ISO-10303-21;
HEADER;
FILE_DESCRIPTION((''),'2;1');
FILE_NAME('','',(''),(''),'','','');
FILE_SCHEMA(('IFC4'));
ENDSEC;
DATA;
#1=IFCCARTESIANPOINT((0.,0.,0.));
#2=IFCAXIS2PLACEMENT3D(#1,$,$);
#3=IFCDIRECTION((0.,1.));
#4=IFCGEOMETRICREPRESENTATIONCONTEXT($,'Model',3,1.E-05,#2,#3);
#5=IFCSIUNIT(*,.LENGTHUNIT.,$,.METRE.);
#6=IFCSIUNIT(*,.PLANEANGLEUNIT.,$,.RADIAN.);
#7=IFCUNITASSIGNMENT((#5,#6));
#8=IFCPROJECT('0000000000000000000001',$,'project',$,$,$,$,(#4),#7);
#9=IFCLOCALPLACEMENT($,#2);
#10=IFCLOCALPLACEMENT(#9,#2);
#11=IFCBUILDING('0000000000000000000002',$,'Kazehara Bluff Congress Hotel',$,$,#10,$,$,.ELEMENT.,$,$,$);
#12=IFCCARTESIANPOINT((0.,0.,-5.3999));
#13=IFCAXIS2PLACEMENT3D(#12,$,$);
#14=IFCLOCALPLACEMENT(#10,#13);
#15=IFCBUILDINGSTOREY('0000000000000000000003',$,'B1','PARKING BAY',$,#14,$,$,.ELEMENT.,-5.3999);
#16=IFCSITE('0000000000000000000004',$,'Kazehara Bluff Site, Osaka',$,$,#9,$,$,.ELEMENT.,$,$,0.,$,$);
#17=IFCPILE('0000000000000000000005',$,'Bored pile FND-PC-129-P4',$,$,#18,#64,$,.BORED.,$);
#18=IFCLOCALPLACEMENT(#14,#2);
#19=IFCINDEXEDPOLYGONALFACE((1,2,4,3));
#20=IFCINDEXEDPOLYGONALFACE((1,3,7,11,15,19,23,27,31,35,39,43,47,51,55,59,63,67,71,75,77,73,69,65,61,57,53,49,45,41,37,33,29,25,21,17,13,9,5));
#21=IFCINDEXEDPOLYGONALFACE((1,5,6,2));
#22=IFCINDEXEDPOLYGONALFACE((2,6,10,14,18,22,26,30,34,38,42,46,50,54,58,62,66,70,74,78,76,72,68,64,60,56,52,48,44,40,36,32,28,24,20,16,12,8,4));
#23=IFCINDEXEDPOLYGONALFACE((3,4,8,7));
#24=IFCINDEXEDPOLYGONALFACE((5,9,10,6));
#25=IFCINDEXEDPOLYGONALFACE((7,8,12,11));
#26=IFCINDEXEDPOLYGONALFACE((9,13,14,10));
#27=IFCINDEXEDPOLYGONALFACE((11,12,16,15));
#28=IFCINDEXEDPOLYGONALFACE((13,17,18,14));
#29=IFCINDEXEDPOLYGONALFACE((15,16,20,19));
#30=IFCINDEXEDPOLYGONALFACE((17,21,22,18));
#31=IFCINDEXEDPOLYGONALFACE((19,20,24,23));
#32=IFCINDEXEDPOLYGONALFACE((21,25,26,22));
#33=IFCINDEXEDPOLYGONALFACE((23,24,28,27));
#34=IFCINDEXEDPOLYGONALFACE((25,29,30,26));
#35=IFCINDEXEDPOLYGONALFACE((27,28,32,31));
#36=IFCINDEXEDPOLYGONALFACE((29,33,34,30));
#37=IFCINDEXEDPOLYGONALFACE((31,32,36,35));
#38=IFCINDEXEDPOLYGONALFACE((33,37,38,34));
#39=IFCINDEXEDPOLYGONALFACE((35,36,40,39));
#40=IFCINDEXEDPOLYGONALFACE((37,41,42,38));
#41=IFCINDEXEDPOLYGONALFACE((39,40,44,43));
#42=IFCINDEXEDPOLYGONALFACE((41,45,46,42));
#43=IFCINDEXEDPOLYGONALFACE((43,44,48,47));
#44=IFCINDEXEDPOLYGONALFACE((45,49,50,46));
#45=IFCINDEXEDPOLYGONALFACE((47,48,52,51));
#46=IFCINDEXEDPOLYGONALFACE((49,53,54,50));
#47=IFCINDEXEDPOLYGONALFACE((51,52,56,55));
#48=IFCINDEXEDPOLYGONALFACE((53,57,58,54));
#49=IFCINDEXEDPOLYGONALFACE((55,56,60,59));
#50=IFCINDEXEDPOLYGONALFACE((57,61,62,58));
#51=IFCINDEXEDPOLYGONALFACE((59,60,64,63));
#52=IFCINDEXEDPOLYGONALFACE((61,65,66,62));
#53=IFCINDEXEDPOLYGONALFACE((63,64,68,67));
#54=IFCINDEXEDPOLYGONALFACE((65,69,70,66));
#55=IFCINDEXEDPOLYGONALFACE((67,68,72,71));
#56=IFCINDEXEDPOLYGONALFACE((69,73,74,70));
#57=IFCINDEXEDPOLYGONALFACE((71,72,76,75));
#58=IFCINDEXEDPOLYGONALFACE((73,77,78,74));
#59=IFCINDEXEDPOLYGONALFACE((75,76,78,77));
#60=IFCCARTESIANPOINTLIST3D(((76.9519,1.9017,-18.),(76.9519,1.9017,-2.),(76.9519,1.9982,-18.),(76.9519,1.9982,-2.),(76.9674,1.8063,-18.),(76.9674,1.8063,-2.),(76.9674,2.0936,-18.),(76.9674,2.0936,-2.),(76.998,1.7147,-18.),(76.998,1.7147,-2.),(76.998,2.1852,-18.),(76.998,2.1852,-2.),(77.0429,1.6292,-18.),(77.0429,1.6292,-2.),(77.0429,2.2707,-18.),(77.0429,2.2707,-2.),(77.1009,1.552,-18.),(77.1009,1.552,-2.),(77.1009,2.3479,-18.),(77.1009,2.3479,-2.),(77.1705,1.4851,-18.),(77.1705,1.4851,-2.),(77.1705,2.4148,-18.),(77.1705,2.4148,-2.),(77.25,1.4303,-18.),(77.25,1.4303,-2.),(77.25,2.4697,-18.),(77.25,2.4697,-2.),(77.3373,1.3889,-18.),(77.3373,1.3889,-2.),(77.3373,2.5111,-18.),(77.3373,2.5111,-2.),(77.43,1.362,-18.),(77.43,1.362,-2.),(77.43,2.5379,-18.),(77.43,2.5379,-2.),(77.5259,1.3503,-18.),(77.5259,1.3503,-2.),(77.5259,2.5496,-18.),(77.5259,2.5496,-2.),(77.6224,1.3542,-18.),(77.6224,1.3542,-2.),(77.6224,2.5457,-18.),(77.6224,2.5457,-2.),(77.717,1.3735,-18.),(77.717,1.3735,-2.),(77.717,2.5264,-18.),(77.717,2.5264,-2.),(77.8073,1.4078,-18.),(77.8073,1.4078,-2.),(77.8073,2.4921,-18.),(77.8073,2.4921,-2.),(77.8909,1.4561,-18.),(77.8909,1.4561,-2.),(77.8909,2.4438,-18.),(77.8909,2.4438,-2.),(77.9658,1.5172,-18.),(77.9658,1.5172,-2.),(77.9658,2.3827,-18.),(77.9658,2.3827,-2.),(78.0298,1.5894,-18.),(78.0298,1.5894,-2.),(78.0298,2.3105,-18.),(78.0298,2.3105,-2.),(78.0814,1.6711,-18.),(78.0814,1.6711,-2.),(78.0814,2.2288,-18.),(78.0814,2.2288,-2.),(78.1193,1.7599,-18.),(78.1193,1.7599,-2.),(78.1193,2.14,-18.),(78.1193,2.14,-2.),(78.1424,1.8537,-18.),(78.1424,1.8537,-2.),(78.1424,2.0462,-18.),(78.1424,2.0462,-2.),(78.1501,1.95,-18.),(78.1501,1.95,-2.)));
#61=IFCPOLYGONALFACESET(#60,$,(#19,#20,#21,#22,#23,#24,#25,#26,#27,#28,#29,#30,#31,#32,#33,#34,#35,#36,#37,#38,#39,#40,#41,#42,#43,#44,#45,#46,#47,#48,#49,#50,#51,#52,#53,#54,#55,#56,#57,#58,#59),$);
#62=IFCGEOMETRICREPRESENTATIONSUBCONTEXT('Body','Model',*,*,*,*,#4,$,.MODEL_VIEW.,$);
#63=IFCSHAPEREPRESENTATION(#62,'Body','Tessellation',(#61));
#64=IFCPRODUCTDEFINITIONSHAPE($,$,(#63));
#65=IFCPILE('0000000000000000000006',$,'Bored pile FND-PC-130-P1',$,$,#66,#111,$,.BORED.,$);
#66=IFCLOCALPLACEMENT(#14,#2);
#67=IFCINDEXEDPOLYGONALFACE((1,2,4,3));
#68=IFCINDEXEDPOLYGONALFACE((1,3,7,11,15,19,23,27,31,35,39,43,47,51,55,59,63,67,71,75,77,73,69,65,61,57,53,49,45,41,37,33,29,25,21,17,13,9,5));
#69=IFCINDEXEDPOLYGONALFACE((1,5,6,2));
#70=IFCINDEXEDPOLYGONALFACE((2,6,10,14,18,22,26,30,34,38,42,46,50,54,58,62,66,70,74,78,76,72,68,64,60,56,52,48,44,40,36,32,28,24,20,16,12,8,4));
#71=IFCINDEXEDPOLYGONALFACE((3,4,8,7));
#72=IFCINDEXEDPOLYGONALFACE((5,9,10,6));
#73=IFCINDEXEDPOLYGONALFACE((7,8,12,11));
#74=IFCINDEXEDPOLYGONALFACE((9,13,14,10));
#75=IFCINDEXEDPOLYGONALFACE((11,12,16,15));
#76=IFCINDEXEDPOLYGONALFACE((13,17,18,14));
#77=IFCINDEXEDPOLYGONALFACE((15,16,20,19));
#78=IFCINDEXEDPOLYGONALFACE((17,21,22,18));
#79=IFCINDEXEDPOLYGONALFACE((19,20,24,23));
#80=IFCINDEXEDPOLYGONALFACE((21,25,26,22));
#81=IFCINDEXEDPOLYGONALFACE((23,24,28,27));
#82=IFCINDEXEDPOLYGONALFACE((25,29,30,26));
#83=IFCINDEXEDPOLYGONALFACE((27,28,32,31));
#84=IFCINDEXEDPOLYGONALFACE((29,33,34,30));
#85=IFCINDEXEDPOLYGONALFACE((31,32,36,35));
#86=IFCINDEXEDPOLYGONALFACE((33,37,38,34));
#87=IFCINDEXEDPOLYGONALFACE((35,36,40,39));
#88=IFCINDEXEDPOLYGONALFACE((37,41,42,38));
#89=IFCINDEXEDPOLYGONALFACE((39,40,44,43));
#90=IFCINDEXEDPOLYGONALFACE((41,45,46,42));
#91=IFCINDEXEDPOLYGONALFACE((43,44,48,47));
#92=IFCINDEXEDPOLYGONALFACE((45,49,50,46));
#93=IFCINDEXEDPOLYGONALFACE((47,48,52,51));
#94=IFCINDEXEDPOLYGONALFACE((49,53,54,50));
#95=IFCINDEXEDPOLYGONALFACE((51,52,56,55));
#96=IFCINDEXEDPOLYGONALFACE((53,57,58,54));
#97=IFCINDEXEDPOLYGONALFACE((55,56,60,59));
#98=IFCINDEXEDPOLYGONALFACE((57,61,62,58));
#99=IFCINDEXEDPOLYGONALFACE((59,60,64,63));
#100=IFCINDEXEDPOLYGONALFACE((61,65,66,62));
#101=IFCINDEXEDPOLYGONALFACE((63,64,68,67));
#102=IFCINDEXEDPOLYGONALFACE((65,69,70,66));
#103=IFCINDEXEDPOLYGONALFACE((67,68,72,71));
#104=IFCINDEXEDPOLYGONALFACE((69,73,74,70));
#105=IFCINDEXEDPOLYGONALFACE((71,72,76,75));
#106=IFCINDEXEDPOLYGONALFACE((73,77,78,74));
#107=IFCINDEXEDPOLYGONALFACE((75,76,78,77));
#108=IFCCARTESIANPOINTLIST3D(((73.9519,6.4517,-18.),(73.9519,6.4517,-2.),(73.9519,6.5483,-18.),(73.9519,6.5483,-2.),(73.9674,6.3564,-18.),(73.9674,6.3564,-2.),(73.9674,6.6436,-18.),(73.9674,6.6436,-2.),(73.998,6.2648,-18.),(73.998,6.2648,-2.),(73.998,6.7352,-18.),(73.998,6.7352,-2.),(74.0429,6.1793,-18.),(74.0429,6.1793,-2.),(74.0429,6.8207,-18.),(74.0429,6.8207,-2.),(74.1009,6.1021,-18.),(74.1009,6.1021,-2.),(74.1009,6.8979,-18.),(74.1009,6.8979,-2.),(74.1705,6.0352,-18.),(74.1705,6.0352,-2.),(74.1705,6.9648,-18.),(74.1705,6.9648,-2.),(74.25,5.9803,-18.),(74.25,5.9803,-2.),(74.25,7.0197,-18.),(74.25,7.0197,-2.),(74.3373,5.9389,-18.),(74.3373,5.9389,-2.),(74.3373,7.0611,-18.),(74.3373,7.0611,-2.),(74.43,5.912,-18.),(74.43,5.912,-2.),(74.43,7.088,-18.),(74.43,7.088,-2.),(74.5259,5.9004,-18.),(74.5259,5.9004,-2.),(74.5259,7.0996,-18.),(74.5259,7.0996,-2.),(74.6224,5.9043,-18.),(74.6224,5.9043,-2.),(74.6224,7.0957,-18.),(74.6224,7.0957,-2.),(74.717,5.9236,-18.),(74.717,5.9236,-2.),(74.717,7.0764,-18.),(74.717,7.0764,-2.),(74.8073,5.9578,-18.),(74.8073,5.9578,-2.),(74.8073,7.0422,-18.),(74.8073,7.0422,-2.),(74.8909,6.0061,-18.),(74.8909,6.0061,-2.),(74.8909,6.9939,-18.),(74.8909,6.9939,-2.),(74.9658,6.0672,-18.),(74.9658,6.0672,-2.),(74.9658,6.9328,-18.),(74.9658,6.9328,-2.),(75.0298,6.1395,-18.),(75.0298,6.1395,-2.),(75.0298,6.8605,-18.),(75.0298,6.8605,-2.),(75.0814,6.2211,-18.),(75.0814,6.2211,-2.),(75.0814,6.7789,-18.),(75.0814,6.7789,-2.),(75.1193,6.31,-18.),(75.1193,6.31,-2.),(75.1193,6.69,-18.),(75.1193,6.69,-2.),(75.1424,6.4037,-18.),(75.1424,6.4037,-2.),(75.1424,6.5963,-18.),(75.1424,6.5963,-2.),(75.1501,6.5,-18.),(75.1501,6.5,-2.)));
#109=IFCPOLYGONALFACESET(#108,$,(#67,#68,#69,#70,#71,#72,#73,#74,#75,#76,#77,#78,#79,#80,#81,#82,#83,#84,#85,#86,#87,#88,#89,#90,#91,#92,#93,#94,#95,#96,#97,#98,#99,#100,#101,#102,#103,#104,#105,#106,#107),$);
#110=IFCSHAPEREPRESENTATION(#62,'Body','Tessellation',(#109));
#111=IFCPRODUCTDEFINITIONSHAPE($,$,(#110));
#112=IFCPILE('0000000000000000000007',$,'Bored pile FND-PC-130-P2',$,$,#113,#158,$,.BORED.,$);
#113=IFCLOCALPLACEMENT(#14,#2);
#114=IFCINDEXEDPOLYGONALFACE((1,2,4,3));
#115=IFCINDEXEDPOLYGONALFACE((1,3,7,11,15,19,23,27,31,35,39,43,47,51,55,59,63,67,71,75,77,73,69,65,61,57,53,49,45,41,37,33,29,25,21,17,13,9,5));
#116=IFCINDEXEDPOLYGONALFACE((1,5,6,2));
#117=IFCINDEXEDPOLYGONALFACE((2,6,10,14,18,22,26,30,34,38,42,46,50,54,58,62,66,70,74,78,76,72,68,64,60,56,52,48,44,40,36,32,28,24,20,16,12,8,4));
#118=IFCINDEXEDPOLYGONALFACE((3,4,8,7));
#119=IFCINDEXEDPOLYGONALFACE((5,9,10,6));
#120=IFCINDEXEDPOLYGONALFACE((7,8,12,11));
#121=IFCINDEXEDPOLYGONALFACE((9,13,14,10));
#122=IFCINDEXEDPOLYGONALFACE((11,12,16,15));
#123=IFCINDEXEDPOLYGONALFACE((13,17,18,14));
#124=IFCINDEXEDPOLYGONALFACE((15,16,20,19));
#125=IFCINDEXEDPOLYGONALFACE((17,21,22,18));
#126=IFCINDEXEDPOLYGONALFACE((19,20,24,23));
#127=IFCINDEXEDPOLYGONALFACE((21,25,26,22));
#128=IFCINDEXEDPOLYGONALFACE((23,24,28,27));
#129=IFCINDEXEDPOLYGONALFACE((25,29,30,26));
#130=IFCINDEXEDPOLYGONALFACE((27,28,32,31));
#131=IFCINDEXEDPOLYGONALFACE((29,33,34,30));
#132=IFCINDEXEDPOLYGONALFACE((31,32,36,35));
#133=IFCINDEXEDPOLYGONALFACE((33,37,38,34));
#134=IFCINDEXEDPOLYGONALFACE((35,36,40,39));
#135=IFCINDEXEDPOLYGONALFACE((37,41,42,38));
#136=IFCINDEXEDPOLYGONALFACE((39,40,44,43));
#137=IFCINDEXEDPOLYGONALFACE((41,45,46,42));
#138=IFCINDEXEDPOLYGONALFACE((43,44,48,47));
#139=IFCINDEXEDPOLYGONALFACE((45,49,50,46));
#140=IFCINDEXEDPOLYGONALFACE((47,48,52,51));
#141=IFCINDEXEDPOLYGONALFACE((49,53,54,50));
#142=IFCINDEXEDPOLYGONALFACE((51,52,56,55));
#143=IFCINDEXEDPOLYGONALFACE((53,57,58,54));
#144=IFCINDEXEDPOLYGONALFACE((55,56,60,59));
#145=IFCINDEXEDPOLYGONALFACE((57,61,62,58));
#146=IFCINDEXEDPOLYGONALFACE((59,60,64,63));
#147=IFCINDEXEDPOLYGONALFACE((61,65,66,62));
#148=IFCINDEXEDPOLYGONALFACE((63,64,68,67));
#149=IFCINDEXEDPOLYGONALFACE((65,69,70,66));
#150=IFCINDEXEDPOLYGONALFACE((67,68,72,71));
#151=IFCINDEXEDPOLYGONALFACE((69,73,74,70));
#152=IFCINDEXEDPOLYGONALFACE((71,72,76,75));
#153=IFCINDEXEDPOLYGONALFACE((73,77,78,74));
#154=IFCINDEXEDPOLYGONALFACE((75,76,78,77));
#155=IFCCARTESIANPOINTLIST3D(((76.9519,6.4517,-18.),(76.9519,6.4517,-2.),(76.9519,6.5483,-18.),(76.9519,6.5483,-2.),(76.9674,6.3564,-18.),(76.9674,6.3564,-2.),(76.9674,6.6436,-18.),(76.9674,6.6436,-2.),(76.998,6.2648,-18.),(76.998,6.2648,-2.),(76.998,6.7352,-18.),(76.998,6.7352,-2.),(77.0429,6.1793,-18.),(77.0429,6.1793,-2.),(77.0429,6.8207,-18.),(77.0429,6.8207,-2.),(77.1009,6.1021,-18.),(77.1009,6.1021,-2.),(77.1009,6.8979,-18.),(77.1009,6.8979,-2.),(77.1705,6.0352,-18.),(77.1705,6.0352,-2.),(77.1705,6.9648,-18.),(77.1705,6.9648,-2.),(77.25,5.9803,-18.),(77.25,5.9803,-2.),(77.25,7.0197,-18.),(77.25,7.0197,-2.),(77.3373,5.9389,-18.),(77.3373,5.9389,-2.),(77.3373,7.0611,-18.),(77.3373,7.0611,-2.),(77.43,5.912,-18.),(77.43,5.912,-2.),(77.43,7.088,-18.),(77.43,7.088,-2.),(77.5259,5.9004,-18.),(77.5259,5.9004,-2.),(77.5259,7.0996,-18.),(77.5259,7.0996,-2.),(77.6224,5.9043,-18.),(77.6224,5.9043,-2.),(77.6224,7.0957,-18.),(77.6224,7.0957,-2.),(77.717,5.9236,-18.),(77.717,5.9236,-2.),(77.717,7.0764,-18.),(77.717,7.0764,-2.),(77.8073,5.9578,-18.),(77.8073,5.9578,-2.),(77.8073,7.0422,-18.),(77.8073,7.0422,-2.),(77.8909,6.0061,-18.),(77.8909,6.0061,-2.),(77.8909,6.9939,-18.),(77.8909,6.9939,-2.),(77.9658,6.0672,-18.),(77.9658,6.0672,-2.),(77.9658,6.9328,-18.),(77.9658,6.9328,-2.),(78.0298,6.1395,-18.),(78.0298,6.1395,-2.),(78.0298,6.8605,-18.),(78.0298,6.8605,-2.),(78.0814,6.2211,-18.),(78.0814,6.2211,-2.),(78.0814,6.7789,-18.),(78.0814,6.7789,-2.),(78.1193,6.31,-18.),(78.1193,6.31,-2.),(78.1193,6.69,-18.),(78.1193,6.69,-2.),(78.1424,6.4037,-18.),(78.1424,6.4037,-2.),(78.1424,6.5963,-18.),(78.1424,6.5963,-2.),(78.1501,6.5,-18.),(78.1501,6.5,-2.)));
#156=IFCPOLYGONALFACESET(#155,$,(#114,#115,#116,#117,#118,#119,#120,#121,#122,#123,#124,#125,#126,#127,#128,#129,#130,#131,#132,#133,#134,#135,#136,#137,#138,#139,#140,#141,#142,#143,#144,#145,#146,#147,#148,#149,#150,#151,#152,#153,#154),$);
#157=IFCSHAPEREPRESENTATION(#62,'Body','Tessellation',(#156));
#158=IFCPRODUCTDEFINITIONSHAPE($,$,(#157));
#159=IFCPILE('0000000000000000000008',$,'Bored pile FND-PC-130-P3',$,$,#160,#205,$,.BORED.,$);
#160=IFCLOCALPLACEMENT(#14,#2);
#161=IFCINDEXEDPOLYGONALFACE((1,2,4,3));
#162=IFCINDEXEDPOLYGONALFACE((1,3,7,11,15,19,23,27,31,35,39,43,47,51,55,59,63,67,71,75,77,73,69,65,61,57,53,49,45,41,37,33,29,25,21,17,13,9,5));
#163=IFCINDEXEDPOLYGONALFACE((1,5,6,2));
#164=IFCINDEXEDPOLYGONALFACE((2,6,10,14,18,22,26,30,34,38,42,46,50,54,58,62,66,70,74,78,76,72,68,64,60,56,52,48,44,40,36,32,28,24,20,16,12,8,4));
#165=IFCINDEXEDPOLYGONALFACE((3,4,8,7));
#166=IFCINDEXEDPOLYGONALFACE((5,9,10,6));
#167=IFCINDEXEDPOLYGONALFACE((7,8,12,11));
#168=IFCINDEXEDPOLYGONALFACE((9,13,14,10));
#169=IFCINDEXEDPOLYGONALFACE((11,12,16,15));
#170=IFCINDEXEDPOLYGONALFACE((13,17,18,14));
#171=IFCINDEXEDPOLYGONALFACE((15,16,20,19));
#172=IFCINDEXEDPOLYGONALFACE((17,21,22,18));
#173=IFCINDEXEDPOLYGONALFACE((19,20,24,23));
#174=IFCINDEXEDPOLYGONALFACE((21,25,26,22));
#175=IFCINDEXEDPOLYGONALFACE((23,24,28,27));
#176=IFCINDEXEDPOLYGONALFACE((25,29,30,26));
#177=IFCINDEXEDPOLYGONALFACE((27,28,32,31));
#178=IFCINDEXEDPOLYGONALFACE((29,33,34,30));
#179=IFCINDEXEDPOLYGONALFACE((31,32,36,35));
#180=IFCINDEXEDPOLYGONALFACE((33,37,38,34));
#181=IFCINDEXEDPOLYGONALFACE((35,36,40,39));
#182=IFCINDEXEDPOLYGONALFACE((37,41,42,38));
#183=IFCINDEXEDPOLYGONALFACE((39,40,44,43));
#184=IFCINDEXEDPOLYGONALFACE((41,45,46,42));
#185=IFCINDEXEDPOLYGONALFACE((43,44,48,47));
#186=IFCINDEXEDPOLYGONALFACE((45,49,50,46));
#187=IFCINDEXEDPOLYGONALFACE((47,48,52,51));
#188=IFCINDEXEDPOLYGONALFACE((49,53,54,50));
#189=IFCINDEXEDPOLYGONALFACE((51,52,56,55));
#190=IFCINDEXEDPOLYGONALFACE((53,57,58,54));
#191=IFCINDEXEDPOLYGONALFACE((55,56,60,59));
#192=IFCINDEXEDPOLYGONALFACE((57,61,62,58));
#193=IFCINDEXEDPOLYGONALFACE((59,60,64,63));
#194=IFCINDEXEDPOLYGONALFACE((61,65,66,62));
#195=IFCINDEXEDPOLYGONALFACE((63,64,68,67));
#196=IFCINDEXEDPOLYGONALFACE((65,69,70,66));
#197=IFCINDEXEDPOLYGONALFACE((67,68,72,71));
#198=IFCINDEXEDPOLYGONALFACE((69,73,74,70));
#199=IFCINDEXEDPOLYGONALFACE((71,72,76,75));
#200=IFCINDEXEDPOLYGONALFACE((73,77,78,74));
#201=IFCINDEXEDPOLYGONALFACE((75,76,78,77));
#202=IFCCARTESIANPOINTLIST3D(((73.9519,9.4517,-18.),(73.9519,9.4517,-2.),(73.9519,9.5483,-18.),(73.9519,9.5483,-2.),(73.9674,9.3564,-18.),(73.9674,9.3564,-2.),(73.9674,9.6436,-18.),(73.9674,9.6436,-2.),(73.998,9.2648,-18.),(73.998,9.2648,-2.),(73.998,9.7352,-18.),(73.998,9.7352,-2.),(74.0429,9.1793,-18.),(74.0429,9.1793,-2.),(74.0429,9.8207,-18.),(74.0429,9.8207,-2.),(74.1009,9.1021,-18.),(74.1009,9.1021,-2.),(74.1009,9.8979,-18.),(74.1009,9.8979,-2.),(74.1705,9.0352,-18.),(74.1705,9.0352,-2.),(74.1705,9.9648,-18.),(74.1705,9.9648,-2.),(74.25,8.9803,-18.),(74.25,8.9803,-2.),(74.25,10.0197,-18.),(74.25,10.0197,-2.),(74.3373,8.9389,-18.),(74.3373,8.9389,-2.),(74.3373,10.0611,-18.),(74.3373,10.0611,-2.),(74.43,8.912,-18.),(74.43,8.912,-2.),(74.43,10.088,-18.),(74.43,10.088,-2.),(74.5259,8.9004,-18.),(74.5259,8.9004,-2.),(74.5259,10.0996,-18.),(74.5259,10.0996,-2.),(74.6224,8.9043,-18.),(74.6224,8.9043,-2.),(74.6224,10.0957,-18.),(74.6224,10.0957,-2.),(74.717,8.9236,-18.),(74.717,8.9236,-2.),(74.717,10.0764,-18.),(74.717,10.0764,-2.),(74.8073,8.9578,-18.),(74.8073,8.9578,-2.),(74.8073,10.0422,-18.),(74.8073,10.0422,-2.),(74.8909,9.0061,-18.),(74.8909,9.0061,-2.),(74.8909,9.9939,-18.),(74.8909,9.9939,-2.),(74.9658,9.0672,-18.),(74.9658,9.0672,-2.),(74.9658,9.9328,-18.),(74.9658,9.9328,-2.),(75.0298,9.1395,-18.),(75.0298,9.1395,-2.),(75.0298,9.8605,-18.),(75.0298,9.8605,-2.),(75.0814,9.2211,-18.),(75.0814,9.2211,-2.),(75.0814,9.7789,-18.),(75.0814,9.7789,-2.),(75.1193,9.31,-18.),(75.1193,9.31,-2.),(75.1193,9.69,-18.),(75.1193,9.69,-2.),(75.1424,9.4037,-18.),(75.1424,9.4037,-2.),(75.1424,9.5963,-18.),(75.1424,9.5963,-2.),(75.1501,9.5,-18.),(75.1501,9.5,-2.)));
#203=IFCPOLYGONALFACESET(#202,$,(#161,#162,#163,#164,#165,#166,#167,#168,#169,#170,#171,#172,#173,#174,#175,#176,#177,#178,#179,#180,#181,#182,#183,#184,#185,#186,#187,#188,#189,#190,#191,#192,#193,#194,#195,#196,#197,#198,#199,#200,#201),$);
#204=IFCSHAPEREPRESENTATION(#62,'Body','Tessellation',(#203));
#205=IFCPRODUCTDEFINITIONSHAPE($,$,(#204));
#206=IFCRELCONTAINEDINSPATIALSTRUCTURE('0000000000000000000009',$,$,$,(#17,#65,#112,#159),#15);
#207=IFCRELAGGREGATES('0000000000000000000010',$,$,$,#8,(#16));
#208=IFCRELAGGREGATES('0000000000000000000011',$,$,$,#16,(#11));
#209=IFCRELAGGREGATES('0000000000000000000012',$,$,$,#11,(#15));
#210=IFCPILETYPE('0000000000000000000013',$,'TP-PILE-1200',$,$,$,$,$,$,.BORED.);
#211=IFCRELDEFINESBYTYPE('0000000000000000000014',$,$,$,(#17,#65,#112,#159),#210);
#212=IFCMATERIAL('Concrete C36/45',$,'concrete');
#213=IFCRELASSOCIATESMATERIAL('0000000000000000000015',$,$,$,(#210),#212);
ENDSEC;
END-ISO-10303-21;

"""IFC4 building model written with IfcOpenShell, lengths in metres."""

from ifc_helpers import new_model, si_unit, direction, frame, origin, origin_2d, place, context, subcontext, project, spatial, circle, extrude, material, material_profile, profile_set, type_object, element, save


model = new_model("IFC4")

# Units and contexts
model_context = context("Model", 3, precision=1e-05, world=origin(), true_north=direction((0.0, 1.0)))
body_context = subcontext(model_context, "Body", "Model", "MODEL_VIEW")
ifc_project = project(units=[si_unit("LENGTHUNIT", "METRE"), si_unit("PLANEANGLEUNIT", "RADIAN")], contexts=[model_context])

# Site, building, storey
site_placement = place(None, origin())
site = spatial("IfcSite", under=ifc_project, at=site_placement, Name="Kazehara Bluff Site, Osaka", CompositionType="ELEMENT", RefElevation=0.0)
building_placement = place(site_placement, origin())
building = spatial("IfcBuilding", under=site, at=building_placement, Name="Kazehara Bluff Congress Hotel", CompositionType="ELEMENT")
storey_placement = place(building_placement, frame((0.0, 0.0, -5.3999)))
storey = spatial("IfcBuildingStorey", under=building, at=storey_placement, Name="B1", Description="PARKING BAY", CompositionType="ELEMENT", Elevation=-5.3999)

# Piles
ifc_material_1 = material(Name="Concrete C36/45", Category="concrete")
ifc_material_profile_1 = material_profile(ifc_material_1, circle(Radius=0.6001, at=origin_2d()))
ifc_profile_set_1 = profile_set([ifc_material_profile_1], Name="Concrete C36/45")
pile_type = type_object("IfcPileType", Name="TP-PILE-1200", PredefinedType="BORED", material=ifc_profile_set_1)
for number, where, z_axis, x_axis, name in (
    (1, (77.55, 1.95, -2.0), (0.0, 0.0, -1.0), (1.0, 0.0, 0.0), "Bored pile FND-PC-129-P4"),
    (2, (74.55, 6.5, -2.0), (0.0, 0.0, -1.0), (1.0, 0.0, 0.0), "Bored pile FND-PC-130-P1"),
    (3, (77.55, 6.5, -2.0), (0.0, 0.0, -1.0), (1.0, 0.0, 0.0), "Bored pile FND-PC-130-P2"),
    (4, (74.55, 9.5, -2.0), (0.0, 0.0, -1.0), (1.0, 0.0, 0.0), "Bored pile FND-PC-130-P3"),
):
    element("IfcPile", number, at=place(storey_placement, frame(where, z_axis=z_axis, x_axis=x_axis)), inside=storey, type_object=pile_type, Name=name, PredefinedType="BORED", context=body_context, shape_type="SweptSolid", body=[
        extrude(circle(Radius=0.6001, at=origin_2d()), origin(), (0.0, 0.0, 1.0), 16.0),
    ])

save(model, "model.ifc")
